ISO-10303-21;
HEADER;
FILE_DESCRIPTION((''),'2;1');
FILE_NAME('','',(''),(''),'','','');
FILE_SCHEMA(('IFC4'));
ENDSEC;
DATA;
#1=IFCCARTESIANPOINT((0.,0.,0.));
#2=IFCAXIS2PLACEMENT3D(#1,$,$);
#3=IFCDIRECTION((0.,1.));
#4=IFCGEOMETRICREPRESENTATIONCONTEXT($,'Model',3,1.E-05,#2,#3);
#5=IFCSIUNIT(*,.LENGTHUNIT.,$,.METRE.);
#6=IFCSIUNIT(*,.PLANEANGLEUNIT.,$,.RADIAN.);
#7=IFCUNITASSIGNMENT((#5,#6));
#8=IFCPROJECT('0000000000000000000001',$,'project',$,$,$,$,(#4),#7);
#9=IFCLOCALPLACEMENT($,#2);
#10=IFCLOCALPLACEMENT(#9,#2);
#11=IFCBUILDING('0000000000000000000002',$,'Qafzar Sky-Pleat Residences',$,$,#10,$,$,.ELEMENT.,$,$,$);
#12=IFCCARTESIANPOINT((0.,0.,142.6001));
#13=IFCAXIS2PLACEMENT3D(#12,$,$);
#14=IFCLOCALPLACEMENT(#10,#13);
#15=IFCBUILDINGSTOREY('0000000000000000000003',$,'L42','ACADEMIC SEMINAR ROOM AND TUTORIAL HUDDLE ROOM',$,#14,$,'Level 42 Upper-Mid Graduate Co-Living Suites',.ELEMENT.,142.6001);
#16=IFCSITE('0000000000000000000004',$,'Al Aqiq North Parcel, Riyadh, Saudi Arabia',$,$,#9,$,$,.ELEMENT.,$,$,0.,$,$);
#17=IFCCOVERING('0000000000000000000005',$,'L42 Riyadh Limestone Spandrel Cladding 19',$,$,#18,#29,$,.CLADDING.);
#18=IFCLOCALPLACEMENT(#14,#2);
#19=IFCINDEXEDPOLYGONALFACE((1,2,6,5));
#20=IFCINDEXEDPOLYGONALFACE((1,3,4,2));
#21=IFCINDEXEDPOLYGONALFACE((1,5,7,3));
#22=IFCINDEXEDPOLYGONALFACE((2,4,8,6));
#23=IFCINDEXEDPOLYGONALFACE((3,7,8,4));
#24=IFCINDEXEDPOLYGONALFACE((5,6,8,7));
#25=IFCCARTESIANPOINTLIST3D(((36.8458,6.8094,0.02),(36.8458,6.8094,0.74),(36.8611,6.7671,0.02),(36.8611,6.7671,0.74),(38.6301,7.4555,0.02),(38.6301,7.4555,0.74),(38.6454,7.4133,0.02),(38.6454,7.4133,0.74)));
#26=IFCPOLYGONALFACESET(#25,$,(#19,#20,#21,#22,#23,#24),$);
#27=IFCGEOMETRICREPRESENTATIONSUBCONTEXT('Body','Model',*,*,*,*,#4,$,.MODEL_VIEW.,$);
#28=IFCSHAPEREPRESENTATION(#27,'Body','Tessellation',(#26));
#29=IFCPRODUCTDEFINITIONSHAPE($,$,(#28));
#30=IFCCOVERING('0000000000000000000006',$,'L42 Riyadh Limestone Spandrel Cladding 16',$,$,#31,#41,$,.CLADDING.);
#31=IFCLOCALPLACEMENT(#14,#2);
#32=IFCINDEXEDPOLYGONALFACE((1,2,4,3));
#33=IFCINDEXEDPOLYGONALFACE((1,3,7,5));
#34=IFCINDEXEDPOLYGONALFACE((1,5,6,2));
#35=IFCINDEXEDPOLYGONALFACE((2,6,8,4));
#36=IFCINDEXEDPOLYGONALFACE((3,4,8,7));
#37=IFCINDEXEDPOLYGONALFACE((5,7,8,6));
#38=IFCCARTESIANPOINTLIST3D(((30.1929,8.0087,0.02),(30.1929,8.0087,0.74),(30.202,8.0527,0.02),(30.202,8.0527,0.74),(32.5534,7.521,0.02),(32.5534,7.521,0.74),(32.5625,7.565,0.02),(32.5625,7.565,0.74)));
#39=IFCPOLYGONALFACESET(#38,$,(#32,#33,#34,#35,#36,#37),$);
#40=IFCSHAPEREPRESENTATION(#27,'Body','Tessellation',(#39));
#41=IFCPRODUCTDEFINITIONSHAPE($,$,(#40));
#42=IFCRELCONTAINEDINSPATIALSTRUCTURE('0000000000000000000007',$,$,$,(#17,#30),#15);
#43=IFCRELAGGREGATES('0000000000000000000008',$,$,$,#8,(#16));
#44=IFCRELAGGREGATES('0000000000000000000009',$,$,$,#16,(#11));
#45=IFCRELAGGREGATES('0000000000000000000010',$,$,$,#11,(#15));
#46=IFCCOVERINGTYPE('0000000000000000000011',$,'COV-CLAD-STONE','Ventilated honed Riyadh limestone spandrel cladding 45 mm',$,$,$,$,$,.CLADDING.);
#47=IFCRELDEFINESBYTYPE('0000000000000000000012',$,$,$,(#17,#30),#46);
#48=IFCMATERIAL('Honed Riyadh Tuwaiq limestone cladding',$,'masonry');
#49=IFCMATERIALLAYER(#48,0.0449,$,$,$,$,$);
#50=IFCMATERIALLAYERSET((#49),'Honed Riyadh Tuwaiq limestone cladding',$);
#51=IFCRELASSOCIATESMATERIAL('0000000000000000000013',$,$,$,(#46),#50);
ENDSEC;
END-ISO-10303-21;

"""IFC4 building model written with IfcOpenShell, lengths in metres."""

from ifc_helpers import new_model, si_unit, direction, frame, origin, origin_2d, place, context, subcontext, project, spatial, rectangle, extrude, source, transform, mapped, material, layer, layer_set, type_object, element, save


model = new_model("IFC4")

# Units and contexts
model_context = context("Model", 3, precision=1e-05, world=origin(), true_north=direction((0.0, 1.0)))
body_context = subcontext(model_context, "Body", "Model", "MODEL_VIEW")
ifc_project = project(units=[si_unit("LENGTHUNIT", "METRE"), si_unit("PLANEANGLEUNIT", "RADIAN")], contexts=[model_context])

# Site, building, storey
site_placement = place(None, origin())
site = spatial("IfcSite", under=ifc_project, at=site_placement, Name="Al Aqiq North Parcel, Riyadh, Saudi Arabia", CompositionType="ELEMENT", RefElevation=0.0)
building_placement = place(site_placement, origin())
building = spatial("IfcBuilding", under=site, at=building_placement, Name="Qafzar Sky-Pleat Residences", CompositionType="ELEMENT")
storey_placement = place(building_placement, frame((0.0, 0.0, 142.6001)))
storey = spatial("IfcBuildingStorey", under=building, at=storey_placement, Name="L42", Description="ACADEMIC SEMINAR ROOM AND TUTORIAL HUDDLE ROOM", LongName="Level 42 Upper-Mid Graduate Co-Living Suites", CompositionType="ELEMENT", Elevation=142.6001)

# Coverings
ifc_material_1 = material(Name="Honed Riyadh Tuwaiq limestone cladding", Category="masonry")
ifc_layer_1 = layer(ifc_material_1, 0.0449)
ifc_layer_set_1 = layer_set([ifc_layer_1], Name="Honed Riyadh Tuwaiq limestone cladding")
covering_type = type_object("IfcCoveringType", Name="COV-CLAD-STONE", Description="Ventilated honed Riyadh limestone spandrel cladding 45 mm", PredefinedType="CLADDING", material=ifc_layer_set_1)
shared_shape_1 = source(origin(), body_context, "Body", "SweptSolid", [
    extrude(rectangle(XDim=1.8977, YDim=0.0449, at=origin_2d()), origin(), (0.0, 0.0, 1.0), 0.72),
])
covering_1_placement = place(storey_placement, frame((37.7456, 7.1113, 0.02), z_axis=(0.0, 0.0, 1.0), x_axis=(0.940241, 0.340509, 0.0)))
element("IfcCovering", 1, at=covering_1_placement, inside=storey, type_object=covering_type, Name="L42 Riyadh Limestone Spandrel Cladding 19", PredefinedType="CLADDING", context=body_context, shape_type="MappedRepresentation", body=[
    mapped(shared_shape_1, transform((0.0, 0.0, 0.0), x_axis=(1.0, 0.0, 0.0), y_axis=(0.0, 1.0, 0.0), z_axis=(0.0, 0.0, 1.0), scale=1.0)),
])
shared_shape_2 = source(origin(), body_context, "Body", "SweptSolid", [
    extrude(rectangle(XDim=2.4104, YDim=0.0449, at=origin_2d()), origin(), (0.0, 0.0, 1.0), 0.72),
])
covering_2_placement = place(storey_placement, frame((31.3777, 7.7869, 0.02), z_axis=(0.0, 0.0, 1.0), x_axis=(0.979314, -0.202345, 0.0)))
element("IfcCovering", 2, at=covering_2_placement, inside=storey, type_object=covering_type, Name="L42 Riyadh Limestone Spandrel Cladding 16", PredefinedType="CLADDING", context=body_context, shape_type="MappedRepresentation", body=[
    mapped(shared_shape_2, transform((0.0, 0.0, 0.0), x_axis=(1.0, 0.0, 0.0), y_axis=(0.0, 1.0, 0.0), z_axis=(0.0, 0.0, 1.0), scale=1.0)),
])

save(model, "model.ifc")
